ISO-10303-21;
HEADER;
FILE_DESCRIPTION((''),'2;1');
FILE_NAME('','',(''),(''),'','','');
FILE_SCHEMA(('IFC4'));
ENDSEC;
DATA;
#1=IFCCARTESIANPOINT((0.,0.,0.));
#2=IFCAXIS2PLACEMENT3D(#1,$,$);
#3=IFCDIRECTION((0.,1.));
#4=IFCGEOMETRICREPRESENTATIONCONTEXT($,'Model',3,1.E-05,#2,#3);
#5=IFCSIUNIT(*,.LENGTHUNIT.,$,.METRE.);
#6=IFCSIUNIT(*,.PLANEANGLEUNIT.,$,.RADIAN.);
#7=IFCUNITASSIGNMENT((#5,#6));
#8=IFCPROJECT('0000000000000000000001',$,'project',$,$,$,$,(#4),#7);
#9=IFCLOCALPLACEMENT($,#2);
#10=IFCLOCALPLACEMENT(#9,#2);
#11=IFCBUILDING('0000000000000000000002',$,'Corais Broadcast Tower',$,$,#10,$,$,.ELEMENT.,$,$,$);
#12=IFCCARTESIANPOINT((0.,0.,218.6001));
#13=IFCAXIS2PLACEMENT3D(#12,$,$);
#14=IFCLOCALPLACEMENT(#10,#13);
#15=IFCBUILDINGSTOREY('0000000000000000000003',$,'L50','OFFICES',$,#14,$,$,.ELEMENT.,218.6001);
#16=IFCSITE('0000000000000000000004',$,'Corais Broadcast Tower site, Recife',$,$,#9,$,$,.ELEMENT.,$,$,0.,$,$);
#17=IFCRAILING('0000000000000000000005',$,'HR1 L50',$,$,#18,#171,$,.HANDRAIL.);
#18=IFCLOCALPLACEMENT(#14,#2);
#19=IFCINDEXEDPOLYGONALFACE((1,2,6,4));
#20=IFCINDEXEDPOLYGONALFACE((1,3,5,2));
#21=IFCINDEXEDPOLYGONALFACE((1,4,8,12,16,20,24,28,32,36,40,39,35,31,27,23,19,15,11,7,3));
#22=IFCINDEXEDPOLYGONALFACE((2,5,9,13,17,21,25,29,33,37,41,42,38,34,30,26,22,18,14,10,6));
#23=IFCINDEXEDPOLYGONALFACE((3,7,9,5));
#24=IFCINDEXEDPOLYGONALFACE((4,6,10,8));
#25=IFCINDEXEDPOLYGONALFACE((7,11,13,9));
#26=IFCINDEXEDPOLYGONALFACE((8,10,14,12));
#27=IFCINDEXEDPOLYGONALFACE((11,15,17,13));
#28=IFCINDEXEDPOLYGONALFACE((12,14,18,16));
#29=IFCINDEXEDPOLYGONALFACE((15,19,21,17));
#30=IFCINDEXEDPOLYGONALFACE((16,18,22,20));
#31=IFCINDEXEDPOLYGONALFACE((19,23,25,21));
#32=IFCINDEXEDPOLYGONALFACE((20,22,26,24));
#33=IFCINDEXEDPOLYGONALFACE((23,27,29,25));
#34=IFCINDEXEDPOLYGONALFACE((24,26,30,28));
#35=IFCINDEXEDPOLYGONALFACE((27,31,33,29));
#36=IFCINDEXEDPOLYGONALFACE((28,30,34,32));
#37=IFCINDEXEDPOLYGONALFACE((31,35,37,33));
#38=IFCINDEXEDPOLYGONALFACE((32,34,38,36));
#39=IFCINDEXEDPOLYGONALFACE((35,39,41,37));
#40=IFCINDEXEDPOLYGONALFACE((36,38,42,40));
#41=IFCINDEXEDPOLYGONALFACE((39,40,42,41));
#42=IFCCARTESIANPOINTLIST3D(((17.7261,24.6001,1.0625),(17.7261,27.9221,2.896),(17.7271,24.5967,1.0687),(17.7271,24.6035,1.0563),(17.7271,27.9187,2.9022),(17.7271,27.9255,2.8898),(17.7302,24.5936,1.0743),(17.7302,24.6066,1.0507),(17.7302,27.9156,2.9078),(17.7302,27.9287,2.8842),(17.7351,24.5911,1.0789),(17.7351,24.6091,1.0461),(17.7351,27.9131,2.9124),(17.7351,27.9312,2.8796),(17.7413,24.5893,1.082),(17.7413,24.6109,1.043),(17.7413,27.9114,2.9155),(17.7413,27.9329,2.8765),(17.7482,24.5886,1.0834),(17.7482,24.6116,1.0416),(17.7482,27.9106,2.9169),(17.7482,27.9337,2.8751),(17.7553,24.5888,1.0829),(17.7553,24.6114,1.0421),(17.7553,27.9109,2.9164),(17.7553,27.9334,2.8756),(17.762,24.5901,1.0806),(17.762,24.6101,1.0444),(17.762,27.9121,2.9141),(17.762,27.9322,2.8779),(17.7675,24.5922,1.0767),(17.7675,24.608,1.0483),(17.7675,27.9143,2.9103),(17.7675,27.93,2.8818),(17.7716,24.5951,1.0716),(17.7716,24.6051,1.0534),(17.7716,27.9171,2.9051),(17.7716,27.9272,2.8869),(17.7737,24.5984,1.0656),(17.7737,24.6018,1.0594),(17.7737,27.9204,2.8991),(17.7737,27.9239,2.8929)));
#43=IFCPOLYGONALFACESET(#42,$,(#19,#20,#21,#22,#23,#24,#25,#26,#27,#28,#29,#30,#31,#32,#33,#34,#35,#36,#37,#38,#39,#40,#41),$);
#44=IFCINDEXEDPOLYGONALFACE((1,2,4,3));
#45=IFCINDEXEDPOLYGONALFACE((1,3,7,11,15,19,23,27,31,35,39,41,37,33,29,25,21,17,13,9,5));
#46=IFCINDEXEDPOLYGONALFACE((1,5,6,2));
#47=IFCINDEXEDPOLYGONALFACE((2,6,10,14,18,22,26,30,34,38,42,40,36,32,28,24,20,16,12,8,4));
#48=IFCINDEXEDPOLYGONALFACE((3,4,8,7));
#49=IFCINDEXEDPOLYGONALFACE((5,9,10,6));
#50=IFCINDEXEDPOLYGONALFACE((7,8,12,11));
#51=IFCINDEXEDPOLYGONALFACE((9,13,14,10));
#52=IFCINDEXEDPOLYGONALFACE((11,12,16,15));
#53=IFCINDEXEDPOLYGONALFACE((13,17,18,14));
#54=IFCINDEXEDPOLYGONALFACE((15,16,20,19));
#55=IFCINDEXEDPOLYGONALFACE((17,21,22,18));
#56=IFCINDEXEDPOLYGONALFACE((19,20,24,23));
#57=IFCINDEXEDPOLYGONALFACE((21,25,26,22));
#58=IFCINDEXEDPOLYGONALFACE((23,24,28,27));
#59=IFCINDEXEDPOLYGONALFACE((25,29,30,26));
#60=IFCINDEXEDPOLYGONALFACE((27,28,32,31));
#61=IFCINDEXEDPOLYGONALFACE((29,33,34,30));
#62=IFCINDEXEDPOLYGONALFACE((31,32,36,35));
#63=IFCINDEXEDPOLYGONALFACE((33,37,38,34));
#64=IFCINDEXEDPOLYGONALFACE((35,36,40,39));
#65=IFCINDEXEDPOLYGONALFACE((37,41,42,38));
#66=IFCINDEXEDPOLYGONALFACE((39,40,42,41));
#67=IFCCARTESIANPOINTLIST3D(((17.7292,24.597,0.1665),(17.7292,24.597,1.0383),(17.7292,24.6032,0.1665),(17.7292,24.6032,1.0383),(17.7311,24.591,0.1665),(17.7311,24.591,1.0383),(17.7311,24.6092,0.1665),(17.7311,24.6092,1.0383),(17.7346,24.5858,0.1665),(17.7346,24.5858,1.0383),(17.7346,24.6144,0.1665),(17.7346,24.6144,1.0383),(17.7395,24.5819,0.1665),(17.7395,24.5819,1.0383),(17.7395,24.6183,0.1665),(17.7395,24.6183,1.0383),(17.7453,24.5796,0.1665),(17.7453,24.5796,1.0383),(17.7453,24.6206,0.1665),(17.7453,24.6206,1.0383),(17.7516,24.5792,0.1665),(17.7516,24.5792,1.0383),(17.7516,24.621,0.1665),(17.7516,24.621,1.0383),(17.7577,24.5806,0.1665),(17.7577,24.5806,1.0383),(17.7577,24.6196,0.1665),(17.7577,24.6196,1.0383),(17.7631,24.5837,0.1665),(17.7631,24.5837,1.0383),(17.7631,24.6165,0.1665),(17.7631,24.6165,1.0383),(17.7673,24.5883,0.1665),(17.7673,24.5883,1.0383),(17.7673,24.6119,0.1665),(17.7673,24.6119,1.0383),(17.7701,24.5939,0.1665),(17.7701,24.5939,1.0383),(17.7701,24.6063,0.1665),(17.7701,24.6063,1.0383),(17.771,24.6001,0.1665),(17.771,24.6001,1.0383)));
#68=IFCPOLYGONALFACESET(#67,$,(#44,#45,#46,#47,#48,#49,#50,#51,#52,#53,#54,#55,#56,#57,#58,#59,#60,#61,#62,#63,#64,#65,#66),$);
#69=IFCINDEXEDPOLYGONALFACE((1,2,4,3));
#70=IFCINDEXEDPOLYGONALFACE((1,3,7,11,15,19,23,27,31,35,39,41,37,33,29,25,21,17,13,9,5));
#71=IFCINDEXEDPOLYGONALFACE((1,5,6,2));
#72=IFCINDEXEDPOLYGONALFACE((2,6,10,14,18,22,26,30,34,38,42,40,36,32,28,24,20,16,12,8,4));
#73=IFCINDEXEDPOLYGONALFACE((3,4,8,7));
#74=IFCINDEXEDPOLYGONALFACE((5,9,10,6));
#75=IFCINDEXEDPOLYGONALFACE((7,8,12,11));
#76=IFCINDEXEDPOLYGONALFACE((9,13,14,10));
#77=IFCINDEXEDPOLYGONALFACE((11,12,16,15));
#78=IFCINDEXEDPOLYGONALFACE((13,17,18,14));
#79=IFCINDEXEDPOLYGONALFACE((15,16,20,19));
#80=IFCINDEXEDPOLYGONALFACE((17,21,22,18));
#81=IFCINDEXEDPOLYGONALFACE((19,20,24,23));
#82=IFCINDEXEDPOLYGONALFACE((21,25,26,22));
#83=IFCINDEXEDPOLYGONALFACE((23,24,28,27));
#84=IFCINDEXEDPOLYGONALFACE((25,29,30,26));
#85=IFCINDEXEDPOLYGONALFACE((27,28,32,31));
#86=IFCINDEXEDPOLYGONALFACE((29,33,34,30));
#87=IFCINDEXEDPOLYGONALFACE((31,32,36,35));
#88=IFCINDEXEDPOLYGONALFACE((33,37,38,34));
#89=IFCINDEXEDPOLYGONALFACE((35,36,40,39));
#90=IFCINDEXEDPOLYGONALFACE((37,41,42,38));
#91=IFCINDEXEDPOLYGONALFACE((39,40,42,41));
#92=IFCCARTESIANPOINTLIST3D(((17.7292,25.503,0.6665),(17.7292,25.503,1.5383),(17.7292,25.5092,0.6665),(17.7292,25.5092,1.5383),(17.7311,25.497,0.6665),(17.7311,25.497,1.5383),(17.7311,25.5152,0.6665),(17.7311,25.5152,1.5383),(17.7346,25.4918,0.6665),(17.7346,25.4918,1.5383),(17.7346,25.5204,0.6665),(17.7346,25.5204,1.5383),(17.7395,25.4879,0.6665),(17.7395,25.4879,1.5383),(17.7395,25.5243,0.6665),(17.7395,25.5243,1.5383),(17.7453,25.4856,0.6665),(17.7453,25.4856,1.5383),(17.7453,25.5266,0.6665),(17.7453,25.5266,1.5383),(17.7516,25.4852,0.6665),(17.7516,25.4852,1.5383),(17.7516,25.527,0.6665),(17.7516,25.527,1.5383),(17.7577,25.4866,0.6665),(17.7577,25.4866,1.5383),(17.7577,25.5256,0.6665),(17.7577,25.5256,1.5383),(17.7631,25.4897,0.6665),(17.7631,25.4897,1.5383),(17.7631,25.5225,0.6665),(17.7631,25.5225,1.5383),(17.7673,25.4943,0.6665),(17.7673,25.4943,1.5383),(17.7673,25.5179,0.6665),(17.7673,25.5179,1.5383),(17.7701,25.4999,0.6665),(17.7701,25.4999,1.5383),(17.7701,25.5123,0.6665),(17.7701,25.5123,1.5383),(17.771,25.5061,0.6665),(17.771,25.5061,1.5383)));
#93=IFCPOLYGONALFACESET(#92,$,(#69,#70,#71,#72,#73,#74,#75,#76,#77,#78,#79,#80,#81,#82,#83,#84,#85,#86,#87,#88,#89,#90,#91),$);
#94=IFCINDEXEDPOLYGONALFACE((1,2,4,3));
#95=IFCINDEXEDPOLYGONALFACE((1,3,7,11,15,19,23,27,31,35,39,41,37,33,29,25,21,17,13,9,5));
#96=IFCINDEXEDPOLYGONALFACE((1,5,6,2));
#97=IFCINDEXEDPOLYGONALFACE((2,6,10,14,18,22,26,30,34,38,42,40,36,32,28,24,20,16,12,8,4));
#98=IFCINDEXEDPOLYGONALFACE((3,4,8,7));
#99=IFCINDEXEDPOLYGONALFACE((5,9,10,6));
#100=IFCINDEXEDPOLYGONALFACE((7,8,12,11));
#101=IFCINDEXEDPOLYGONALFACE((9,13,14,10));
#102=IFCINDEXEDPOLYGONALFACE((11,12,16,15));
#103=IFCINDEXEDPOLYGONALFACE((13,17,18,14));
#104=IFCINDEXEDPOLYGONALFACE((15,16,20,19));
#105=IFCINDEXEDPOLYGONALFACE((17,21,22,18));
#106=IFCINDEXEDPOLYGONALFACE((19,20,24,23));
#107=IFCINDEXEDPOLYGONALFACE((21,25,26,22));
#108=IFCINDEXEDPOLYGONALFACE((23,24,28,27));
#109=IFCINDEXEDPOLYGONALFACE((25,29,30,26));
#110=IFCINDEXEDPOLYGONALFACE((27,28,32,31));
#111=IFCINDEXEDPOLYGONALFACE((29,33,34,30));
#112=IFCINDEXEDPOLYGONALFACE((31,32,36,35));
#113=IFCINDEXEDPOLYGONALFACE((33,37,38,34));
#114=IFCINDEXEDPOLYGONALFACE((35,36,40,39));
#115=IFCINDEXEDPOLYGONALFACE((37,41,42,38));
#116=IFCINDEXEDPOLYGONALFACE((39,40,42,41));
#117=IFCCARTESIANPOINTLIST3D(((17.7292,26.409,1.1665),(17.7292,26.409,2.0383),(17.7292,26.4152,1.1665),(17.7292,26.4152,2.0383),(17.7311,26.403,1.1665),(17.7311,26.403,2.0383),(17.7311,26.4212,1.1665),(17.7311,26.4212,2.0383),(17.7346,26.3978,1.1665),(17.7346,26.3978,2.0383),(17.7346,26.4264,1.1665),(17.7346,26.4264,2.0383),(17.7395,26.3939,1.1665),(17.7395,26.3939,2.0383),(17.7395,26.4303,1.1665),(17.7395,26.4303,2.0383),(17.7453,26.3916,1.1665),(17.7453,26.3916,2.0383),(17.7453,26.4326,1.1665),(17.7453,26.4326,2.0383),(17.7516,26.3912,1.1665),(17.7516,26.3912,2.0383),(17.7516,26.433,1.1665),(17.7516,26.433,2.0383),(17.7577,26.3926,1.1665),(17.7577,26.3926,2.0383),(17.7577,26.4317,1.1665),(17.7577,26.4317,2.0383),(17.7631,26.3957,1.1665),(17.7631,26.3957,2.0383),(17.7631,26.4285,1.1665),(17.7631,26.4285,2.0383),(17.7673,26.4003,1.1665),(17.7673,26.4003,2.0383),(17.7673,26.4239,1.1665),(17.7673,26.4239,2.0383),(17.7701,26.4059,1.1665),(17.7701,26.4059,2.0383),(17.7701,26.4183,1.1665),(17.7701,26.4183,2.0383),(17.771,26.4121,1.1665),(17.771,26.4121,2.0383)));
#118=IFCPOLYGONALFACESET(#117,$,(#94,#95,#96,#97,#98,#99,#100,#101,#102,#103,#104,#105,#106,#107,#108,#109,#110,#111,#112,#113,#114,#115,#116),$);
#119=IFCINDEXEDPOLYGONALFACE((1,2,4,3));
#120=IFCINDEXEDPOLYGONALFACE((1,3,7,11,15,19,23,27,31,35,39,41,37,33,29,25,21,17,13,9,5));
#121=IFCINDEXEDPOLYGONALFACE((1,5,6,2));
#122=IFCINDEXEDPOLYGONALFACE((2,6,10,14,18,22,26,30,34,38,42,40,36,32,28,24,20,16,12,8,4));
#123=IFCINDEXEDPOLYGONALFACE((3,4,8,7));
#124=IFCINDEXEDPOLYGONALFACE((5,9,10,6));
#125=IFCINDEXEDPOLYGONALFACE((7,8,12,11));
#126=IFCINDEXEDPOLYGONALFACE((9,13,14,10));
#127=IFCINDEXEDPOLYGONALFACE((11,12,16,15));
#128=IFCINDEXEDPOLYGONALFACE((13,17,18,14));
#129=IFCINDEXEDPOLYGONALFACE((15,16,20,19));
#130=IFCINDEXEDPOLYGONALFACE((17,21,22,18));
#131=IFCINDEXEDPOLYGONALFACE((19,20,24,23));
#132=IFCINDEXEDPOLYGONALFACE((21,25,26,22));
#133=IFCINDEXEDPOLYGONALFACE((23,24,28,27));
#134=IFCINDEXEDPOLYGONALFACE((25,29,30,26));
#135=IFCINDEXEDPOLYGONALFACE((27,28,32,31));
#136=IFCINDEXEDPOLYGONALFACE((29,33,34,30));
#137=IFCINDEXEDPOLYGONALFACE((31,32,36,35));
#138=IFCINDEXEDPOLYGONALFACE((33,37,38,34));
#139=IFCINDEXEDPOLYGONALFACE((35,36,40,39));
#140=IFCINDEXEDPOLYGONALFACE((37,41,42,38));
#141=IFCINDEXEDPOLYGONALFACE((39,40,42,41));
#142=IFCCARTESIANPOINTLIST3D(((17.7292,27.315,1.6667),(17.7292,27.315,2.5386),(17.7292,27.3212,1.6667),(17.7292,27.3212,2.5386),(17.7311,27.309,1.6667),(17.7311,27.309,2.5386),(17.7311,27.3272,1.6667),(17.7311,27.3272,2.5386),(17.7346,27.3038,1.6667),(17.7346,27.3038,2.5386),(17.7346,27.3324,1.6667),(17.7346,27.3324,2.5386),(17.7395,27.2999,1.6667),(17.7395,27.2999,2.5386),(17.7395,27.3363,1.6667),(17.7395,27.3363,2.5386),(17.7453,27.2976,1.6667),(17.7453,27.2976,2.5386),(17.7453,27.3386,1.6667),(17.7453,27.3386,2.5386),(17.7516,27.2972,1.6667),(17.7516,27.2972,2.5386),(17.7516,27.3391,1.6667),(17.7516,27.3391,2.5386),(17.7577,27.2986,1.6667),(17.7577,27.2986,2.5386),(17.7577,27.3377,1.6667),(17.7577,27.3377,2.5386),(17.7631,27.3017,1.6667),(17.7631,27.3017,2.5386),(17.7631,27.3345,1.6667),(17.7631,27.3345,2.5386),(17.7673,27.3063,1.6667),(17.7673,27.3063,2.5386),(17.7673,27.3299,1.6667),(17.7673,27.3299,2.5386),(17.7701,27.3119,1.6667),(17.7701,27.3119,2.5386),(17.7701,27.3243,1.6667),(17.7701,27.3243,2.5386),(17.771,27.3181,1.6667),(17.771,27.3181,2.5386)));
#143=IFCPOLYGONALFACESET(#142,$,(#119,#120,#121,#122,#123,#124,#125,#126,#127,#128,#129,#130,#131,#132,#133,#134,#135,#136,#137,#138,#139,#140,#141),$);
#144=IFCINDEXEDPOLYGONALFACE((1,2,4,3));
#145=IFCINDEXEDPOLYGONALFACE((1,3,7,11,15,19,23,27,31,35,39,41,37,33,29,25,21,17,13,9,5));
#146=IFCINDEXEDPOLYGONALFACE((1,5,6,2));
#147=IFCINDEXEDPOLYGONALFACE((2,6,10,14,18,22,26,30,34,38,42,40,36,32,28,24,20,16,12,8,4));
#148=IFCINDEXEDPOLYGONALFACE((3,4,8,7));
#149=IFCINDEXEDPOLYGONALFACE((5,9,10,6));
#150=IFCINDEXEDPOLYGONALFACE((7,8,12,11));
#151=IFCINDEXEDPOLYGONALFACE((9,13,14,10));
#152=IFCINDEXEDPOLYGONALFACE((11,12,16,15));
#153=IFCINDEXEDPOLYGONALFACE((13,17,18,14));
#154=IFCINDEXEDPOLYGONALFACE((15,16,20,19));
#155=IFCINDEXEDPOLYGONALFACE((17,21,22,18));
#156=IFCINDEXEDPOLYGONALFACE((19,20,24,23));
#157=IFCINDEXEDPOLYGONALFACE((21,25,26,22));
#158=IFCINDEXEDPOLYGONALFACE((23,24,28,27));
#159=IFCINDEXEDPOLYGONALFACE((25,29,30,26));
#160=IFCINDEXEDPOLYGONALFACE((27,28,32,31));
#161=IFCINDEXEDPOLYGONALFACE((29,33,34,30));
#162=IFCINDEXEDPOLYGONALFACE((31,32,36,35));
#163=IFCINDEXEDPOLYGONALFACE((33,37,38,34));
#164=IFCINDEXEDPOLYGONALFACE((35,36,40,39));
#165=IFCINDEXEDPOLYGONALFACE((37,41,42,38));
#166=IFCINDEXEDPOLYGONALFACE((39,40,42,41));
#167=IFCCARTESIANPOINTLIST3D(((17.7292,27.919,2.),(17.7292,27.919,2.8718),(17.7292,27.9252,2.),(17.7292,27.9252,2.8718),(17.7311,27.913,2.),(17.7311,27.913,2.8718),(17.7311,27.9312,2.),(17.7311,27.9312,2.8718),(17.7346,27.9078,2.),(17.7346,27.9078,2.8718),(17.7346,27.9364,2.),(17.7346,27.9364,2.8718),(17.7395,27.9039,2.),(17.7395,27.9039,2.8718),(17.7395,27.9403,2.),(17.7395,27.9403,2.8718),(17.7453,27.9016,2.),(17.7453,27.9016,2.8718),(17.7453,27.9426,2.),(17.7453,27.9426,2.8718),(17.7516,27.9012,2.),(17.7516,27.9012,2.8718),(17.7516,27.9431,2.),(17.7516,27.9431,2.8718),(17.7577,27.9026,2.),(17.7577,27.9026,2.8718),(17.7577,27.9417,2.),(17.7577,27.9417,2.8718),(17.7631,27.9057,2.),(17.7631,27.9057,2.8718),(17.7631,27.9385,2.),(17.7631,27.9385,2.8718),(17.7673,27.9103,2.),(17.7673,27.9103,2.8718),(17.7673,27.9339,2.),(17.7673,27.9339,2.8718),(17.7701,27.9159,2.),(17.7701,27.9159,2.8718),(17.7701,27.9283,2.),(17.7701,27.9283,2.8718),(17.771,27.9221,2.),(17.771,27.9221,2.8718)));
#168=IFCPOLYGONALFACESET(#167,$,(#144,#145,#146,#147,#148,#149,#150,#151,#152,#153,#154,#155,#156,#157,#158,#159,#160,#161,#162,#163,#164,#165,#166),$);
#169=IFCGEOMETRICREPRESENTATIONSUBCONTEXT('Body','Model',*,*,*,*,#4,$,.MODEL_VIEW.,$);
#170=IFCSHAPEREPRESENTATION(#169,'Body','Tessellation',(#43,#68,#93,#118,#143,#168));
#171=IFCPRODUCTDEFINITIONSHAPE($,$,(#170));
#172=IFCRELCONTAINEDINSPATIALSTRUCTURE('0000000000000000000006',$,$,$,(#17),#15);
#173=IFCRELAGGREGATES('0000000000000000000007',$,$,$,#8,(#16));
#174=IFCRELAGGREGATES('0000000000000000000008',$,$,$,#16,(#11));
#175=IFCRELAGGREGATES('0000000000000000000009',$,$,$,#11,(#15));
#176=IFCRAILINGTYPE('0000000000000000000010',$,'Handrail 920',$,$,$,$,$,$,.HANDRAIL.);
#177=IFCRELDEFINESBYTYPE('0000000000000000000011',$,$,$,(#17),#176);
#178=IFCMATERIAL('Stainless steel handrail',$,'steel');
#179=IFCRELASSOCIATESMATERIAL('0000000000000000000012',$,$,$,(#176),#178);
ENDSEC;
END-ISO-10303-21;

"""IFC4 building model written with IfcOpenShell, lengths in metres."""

from ifc_helpers import new_model, si_unit, direction, frame, origin, origin_2d, place, context, subcontext, project, spatial, circle, extrude, material, type_object, element, save


model = new_model("IFC4")

# Units and contexts
model_context = context("Model", 3, precision=1e-05, world=origin(), true_north=direction((0.0, 1.0)))
body_context = subcontext(model_context, "Body", "Model", "MODEL_VIEW")
ifc_project = project(units=[si_unit("LENGTHUNIT", "METRE"), si_unit("PLANEANGLEUNIT", "RADIAN")], contexts=[model_context])

# Site, building, storey
site_placement = place(None, origin())
site = spatial("IfcSite", under=ifc_project, at=site_placement, Name="Corais Broadcast Tower site, Recife", CompositionType="ELEMENT", RefElevation=0.0)
building_placement = place(site_placement, origin())
building = spatial("IfcBuilding", under=site, at=building_placement, Name="Corais Broadcast Tower", CompositionType="ELEMENT")
storey_placement = place(building_placement, frame((0.0, 0.0, 218.6001)))
storey = spatial("IfcBuildingStorey", under=building, at=storey_placement, Name="L50", Description="OFFICES", CompositionType="ELEMENT", Elevation=218.6001)

# Railing
ifc_material_1 = material(Name="Stainless steel handrail", Category="steel")
railing_type = type_object("IfcRailingType", Name="Handrail 920", PredefinedType="HANDRAIL", material=ifc_material_1)
for number, where, name in (
    (1, (17.75, 24.6001, 0.1665), "HR1 L50"),
):
    element("IfcRailing", number, at=place(storey_placement, frame(where)), inside=storey, type_object=railing_type, Name=name, PredefinedType="HANDRAIL", context=body_context, shape_type="SweptSolid", body=[
        extrude(circle(Radius=0.0239, at=origin_2d()), frame((0.0, 0.0, 0.896), z_axis=(0.0, 0.875504, 0.48321), x_axis=(-1.0, 0.0, 0.0)), (0.0, 0.0, 1.0), 3.7944),
        extrude(circle(Radius=0.021, at=origin_2d()), origin(), (0.0, 0.0, 1.0), 0.8718),
        extrude(circle(Radius=0.021, at=origin_2d()), frame((0.0, 0.906, 0.5)), (0.0, 0.0, 1.0), 0.8718),
        extrude(circle(Radius=0.021, at=origin_2d()), frame((0.0, 1.812, 1.0)), (0.0, 0.0, 1.0), 0.8718),
        extrude(circle(Radius=0.021, at=origin_2d()), frame((0.0, 2.718, 1.5002)), (0.0, 0.0, 1.0), 0.8718),
        extrude(circle(Radius=0.021, at=origin_2d()), frame((0.0, 3.322, 1.8335)), (0.0, 0.0, 1.0), 0.8718),
    ])

save(model, "model.ifc")
